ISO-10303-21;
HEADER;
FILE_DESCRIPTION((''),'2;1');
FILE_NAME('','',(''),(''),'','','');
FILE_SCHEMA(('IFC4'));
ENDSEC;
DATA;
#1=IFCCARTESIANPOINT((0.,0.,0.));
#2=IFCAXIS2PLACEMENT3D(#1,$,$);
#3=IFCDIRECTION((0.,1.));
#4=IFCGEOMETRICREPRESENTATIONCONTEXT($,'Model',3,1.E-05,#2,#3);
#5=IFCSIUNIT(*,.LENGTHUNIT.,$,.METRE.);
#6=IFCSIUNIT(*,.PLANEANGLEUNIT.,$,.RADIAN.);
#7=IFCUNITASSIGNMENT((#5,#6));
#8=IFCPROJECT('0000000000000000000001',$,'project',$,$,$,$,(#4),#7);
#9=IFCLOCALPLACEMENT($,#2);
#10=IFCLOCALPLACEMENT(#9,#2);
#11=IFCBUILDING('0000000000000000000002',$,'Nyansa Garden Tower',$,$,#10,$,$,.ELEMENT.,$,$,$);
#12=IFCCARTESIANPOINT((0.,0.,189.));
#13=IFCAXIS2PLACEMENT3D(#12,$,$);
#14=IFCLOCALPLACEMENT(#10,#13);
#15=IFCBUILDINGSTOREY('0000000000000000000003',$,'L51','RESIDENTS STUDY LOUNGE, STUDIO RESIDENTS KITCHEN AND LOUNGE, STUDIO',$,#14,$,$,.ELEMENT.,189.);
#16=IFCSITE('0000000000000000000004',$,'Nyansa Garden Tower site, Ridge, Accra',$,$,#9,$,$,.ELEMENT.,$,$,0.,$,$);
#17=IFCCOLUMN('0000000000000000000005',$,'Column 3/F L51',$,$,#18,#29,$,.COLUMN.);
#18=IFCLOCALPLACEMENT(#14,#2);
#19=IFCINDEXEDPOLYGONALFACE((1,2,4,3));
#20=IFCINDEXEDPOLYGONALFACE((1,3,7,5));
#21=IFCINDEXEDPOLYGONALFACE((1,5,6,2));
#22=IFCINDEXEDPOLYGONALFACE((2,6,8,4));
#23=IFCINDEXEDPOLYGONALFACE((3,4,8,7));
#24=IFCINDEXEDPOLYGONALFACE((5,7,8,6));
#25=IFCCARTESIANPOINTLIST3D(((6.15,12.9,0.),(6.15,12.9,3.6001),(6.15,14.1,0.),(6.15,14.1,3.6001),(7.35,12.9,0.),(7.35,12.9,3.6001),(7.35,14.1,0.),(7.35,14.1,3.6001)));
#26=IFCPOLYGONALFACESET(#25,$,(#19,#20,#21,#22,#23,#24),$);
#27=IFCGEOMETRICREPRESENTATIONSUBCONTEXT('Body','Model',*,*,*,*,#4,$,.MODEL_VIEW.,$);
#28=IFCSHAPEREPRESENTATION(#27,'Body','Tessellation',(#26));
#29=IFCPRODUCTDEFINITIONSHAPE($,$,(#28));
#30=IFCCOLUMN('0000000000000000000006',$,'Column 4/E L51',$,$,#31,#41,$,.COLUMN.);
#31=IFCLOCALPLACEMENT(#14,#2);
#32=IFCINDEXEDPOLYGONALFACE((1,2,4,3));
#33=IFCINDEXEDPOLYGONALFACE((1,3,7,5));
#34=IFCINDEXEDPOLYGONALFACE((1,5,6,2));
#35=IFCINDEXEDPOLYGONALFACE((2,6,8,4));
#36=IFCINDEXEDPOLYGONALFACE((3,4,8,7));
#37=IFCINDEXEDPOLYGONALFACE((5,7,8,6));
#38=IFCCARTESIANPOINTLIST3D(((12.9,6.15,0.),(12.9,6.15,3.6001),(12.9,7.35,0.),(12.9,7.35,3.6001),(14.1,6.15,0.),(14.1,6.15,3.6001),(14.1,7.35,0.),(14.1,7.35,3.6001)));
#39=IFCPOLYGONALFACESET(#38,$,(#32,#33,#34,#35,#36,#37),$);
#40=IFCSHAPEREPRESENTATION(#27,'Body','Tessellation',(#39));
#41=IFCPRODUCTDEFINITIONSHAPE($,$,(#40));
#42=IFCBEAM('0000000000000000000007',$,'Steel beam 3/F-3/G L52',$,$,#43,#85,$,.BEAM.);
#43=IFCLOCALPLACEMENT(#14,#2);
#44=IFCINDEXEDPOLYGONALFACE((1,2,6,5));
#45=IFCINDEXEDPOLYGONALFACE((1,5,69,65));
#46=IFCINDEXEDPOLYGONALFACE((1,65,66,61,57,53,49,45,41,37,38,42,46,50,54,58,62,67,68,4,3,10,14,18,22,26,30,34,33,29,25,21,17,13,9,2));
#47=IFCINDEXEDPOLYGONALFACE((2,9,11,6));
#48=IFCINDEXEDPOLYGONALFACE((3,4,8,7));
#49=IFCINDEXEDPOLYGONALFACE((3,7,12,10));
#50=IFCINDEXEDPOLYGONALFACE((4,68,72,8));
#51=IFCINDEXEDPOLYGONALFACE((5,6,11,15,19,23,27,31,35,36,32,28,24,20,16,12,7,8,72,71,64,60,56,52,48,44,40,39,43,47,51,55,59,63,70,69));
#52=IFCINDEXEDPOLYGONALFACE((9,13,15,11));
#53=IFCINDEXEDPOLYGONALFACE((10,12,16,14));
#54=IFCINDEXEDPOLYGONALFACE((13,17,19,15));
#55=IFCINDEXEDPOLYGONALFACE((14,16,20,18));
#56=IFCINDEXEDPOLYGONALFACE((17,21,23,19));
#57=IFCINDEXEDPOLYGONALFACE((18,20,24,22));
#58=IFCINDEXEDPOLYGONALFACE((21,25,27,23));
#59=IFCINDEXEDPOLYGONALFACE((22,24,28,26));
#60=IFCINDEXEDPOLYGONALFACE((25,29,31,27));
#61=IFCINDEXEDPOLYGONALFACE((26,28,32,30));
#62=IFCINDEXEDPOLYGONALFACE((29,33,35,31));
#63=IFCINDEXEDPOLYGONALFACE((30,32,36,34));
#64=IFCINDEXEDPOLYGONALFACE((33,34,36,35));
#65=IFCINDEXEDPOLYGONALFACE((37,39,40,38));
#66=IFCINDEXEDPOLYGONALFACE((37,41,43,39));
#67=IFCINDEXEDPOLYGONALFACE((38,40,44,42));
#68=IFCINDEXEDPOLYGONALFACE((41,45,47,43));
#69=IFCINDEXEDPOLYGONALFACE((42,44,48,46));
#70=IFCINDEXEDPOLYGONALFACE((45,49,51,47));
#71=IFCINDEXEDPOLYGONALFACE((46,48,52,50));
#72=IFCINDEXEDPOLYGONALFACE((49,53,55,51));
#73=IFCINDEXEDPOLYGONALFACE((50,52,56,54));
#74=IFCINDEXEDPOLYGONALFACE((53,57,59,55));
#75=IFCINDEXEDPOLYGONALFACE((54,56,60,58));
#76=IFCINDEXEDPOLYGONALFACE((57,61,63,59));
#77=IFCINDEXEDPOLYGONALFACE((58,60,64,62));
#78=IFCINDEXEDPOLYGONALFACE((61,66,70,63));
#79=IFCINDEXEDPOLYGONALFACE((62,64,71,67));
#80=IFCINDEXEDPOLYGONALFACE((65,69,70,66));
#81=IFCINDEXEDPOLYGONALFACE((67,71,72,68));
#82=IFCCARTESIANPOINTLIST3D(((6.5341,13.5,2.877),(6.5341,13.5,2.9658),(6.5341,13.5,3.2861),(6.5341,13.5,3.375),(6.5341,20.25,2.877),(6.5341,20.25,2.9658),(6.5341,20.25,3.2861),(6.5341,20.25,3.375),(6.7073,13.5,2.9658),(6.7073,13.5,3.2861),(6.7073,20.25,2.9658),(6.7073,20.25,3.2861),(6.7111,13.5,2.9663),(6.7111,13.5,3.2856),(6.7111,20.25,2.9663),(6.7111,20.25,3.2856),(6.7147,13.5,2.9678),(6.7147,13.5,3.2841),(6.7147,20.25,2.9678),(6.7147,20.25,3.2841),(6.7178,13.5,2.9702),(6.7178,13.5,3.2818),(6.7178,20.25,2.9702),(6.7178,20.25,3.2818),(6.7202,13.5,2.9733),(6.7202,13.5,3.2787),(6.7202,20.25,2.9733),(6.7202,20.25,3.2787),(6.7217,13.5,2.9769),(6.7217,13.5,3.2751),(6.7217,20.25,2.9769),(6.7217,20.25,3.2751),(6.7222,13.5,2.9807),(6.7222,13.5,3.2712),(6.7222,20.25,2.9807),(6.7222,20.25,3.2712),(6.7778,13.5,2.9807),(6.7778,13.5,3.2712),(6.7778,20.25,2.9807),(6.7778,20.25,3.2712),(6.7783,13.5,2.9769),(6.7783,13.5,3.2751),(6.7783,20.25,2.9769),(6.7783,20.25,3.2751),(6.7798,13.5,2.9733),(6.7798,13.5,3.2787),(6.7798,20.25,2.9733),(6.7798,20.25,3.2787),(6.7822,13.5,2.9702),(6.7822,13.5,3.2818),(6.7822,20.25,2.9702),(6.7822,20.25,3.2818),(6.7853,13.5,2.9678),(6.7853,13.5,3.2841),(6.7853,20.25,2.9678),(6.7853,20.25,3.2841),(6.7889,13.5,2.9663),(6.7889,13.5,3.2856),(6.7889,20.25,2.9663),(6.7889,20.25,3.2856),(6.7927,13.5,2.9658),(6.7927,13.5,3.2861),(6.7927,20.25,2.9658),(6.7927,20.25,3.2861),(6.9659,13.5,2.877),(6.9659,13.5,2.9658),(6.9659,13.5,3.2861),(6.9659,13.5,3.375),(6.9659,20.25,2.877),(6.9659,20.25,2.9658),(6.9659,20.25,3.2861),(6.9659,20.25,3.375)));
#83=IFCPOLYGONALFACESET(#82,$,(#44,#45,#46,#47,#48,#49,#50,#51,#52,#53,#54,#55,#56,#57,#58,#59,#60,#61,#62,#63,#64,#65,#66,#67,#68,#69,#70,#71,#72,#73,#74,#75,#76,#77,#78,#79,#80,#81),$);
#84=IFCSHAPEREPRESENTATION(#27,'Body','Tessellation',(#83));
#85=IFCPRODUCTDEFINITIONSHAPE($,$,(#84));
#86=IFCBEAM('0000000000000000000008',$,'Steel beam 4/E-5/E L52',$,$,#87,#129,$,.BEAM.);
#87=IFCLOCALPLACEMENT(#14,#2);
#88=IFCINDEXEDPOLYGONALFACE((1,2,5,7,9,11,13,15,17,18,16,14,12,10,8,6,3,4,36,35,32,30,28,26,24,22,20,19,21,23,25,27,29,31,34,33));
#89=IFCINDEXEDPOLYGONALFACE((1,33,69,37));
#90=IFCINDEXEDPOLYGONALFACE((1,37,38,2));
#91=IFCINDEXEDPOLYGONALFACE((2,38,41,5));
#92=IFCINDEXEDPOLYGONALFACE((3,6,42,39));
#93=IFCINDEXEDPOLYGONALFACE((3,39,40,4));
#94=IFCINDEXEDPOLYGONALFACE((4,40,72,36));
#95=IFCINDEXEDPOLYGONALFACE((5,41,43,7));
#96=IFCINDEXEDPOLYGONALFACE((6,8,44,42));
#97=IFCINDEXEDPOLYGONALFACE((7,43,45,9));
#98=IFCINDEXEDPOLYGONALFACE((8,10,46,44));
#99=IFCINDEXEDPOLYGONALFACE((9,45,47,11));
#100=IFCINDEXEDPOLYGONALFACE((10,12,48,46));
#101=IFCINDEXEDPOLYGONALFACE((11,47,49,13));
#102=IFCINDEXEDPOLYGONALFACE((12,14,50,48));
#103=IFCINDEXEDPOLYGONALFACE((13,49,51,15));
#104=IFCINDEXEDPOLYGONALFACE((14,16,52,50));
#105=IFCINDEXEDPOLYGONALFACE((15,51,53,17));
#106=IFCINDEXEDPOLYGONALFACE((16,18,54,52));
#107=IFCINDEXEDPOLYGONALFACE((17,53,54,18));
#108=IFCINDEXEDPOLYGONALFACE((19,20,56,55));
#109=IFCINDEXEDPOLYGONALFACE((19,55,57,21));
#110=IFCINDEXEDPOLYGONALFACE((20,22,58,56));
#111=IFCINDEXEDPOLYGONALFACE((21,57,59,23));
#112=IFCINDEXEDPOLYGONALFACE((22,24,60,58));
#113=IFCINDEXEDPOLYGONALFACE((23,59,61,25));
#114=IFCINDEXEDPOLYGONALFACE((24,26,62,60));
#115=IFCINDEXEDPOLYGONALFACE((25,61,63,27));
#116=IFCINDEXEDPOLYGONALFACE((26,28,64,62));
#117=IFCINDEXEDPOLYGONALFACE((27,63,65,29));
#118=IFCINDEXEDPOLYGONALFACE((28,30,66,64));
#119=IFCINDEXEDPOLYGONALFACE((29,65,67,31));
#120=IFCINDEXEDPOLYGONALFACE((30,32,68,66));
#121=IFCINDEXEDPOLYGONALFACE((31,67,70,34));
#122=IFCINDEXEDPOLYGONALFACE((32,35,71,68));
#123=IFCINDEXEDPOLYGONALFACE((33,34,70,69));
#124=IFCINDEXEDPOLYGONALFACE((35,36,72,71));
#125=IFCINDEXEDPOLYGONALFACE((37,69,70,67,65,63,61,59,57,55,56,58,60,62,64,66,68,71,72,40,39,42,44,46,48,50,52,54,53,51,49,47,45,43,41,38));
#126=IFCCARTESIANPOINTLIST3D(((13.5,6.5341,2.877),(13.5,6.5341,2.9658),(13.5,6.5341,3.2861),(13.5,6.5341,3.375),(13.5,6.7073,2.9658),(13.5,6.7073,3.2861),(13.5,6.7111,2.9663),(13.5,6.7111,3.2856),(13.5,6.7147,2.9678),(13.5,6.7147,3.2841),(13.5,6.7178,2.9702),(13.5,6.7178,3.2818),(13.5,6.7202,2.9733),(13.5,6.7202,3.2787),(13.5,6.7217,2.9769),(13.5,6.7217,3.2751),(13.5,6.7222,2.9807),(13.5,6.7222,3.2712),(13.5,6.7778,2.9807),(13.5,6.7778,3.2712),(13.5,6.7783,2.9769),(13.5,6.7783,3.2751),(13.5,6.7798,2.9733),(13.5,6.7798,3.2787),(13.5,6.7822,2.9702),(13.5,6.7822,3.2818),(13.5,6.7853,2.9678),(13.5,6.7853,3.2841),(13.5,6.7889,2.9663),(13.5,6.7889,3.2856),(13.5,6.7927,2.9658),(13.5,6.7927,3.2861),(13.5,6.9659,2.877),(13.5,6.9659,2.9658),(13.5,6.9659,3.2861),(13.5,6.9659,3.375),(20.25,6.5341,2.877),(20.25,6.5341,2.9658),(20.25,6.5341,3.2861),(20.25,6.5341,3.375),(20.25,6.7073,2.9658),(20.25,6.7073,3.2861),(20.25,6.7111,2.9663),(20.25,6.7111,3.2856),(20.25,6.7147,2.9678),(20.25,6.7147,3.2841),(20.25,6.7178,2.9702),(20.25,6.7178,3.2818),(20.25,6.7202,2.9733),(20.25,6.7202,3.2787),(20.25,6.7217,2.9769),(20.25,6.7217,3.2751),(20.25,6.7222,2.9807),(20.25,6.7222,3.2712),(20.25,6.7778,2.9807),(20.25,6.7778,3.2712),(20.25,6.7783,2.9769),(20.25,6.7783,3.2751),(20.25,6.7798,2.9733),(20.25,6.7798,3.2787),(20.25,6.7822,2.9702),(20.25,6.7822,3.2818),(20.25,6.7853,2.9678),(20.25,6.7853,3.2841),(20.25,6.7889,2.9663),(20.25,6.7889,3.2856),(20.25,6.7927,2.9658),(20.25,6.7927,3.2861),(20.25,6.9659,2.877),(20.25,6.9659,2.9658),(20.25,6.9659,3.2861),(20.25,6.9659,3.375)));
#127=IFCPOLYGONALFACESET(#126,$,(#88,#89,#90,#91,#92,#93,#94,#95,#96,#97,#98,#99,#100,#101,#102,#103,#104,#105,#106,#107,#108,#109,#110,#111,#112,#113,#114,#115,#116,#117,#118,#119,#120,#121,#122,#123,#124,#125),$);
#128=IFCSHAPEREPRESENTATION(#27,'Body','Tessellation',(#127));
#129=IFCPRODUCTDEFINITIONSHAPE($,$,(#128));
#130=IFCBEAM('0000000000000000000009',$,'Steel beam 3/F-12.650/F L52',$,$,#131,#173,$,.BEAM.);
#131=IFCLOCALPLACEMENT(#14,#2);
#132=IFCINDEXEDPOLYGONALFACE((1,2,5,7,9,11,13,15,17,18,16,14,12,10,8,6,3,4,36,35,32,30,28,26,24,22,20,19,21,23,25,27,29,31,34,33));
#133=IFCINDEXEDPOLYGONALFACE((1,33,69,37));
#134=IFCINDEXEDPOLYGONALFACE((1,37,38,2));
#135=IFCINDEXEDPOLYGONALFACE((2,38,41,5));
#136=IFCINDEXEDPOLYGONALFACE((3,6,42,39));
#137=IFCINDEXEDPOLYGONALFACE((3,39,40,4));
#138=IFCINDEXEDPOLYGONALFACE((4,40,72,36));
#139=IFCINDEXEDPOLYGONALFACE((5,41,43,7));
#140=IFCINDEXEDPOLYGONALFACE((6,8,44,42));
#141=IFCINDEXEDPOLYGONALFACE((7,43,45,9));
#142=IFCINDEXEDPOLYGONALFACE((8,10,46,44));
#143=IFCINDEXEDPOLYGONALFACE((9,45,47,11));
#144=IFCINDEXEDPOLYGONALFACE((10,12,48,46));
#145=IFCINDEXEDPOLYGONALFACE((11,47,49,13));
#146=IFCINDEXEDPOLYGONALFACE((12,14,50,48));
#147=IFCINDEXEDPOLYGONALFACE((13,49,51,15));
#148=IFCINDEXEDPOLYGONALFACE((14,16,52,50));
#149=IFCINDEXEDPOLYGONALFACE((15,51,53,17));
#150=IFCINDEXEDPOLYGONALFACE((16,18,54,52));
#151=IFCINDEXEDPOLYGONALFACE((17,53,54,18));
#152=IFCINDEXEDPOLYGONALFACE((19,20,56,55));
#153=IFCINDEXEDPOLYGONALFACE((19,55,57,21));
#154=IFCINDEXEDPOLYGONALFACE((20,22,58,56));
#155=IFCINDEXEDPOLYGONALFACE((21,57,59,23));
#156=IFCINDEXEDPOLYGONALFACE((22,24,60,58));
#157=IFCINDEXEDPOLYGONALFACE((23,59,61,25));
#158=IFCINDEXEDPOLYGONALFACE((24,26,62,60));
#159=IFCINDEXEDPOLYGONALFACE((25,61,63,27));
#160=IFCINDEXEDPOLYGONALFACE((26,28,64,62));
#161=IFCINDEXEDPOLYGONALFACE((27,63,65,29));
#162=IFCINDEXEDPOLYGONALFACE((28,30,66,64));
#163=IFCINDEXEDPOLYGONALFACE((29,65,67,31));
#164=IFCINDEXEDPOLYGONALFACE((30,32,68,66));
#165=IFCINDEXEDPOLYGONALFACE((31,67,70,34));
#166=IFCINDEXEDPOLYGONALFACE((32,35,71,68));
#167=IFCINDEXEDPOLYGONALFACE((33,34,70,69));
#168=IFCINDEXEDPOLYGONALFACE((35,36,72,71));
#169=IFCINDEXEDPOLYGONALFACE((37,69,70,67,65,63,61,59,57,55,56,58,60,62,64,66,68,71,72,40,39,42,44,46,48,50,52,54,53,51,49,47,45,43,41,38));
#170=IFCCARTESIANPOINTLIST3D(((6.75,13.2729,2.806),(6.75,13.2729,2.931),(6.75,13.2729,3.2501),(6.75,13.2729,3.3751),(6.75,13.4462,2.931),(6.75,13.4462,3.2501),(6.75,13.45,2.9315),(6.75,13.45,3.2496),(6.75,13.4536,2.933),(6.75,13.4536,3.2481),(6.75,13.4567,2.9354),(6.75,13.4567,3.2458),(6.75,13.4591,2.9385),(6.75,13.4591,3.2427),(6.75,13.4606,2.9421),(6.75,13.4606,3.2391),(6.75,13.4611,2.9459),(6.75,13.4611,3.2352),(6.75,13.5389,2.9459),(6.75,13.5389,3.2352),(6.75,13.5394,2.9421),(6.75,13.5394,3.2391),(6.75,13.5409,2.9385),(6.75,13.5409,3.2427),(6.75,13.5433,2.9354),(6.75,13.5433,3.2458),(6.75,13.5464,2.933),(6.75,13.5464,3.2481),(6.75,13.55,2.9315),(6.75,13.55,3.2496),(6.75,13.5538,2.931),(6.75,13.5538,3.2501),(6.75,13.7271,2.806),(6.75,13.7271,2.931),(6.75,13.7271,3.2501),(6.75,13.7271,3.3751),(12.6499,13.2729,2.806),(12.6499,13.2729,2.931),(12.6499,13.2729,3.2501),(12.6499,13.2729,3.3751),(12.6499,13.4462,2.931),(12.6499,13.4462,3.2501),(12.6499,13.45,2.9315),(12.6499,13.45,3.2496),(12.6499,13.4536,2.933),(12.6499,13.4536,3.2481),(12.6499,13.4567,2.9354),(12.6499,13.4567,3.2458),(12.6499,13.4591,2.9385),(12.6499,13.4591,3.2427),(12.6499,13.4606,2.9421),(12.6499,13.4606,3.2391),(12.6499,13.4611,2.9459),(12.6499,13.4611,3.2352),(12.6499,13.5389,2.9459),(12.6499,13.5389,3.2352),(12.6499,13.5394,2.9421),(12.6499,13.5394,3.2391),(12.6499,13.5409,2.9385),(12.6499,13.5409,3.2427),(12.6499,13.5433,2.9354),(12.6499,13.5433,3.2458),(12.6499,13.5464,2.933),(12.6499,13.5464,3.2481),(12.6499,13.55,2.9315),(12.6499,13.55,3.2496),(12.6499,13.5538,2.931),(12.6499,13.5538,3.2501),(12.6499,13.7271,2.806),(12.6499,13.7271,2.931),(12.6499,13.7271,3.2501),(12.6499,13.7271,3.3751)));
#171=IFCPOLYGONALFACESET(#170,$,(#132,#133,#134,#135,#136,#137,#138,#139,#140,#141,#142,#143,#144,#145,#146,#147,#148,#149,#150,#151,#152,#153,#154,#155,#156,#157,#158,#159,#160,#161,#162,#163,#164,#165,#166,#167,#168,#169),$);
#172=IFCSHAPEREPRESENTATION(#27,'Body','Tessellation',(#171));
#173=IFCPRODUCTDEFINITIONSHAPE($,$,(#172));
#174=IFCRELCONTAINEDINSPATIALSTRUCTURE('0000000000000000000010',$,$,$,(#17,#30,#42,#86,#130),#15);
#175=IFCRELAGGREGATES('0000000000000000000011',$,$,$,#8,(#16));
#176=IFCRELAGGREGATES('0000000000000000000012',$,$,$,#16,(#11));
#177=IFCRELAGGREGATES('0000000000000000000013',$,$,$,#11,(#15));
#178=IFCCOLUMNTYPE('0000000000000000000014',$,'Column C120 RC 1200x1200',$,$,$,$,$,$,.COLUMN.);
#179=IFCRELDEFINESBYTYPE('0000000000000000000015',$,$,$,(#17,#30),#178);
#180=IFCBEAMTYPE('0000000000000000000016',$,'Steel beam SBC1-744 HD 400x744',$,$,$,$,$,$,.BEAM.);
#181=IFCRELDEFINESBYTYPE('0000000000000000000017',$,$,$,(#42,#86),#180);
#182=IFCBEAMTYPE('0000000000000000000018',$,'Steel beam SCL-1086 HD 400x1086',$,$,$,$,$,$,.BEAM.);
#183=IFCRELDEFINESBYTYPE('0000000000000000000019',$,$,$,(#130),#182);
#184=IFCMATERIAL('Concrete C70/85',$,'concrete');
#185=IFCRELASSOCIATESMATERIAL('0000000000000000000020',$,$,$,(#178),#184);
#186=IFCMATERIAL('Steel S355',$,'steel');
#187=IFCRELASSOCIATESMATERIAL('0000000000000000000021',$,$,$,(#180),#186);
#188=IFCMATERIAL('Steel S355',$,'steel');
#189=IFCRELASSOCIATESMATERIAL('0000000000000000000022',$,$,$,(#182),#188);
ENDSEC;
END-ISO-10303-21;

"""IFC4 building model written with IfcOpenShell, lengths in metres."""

from ifc_helpers import new_model, si_unit, direction, frame, origin, origin_2d, place, context, subcontext, project, spatial, rectangle, i_section, extrude, material, material_profile, profile_set, type_object, element, save


model = new_model("IFC4")

# Units and contexts
model_context = context("Model", 3, precision=1e-05, world=origin(), true_north=direction((0.0, 1.0)))
body_context = subcontext(model_context, "Body", "Model", "MODEL_VIEW")
ifc_project = project(units=[si_unit("LENGTHUNIT", "METRE"), si_unit("PLANEANGLEUNIT", "RADIAN")], contexts=[model_context])

# Site, building, storey
site_placement = place(None, origin())
site = spatial("IfcSite", under=ifc_project, at=site_placement, Name="Nyansa Garden Tower site, Ridge, Accra", CompositionType="ELEMENT", RefElevation=0.0)
building_placement = place(site_placement, origin())
building = spatial("IfcBuilding", under=site, at=building_placement, Name="Nyansa Garden Tower", CompositionType="ELEMENT")
storey_placement = place(building_placement, frame((0.0, 0.0, 189.0)))
storey = spatial("IfcBuildingStorey", under=building, at=storey_placement, Name="L51", Description="RESIDENTS STUDY LOUNGE, STUDIO RESIDENTS KITCHEN AND LOUNGE, STUDIO", CompositionType="ELEMENT", Elevation=189.0)

# Columns
ifc_material_1 = material(Name="Concrete C70/85", Category="concrete")
ifc_material_profile_1 = material_profile(ifc_material_1, rectangle(XDim=1.2, YDim=1.2, at=origin_2d()), Name="RC 1200x1200")
ifc_profile_set_1 = profile_set([ifc_material_profile_1], Name="Concrete C70/85")
column_type = type_object("IfcColumnType", Name="Column C120 RC 1200x1200", PredefinedType="COLUMN", material=ifc_profile_set_1)
for number, where, z_axis, x_axis, name in (
    (1, (6.75, 13.5, 0.0), (0.0, 0.0, 1.0), (1.0, 0.0, 0.0), "Column 3/F L51"),
    (2, (13.5, 6.75, 0.0), (0.0, 0.0, 1.0), (1.0, 0.0, 0.0), "Column 4/E L51"),
):
    element("IfcColumn", number, at=place(storey_placement, frame(where, z_axis=z_axis, x_axis=x_axis)), inside=storey, type_object=column_type, Name=name, PredefinedType="COLUMN", context=body_context, shape_type="SweptSolid", body=[
        extrude(rectangle(XDim=1.2, YDim=1.2, at=origin_2d()), origin(), (0.0, 0.0, 1.0), 3.6001),
    ])

# Beams
ifc_material_2 = material(Name="Steel S355", Category="steel")
ifc_material_profile_2 = material_profile(ifc_material_2, i_section(OverallWidth=0.4319, OverallDepth=0.498, WebThickness=0.0557, FlangeThickness=0.0889, FilletRadius=0.0149, at=origin_2d()), Name="HD 400x744")
ifc_profile_set_2 = profile_set([ifc_material_profile_2], Name="Steel S355")
beam_type_1 = type_object("IfcBeamType", Name="Steel beam SBC1-744 HD 400x744", PredefinedType="BEAM", material=ifc_profile_set_2)
for number, where, z_axis, x_axis, name in (
    (3, (6.75, 13.5, 3.126), (0.0, 1.0, 0.0), (-1.0, 0.0, 0.0), "Steel beam 3/F-3/G L52"),
    (4, (13.5, 6.75, 3.126), (1.0, 0.0, 0.0), (0.0, 1.0, 0.0), "Steel beam 4/E-5/E L52"),
):
    element("IfcBeam", number, at=place(storey_placement, frame(where, z_axis=z_axis, x_axis=x_axis)), inside=storey, type_object=beam_type_1, Name=name, PredefinedType="BEAM", context=body_context, shape_type="SweptSolid", body=[
        extrude(i_section(OverallWidth=0.4319, OverallDepth=0.498, WebThickness=0.0557, FlangeThickness=0.0889, FilletRadius=0.0149, at=origin_2d()), origin(), (0.0, 0.0, 1.0), 6.75),
    ])
ifc_material_3 = material(Name="Steel S355", Category="steel")
ifc_material_profile_3 = material_profile(ifc_material_3, i_section(OverallWidth=0.4541, OverallDepth=0.5691, WebThickness=0.0779, FlangeThickness=0.125, FilletRadius=0.0149, at=origin_2d()), Name="HD 400x1086")
ifc_profile_set_3 = profile_set([ifc_material_profile_3], Name="Steel S355")
beam_type_2 = type_object("IfcBeamType", Name="Steel beam SCL-1086 HD 400x1086", PredefinedType="BEAM", material=ifc_profile_set_3)
beam_1_placement = place(storey_placement, frame((6.75, 13.5, 3.0906), z_axis=(1.0, 0.0, 0.0), x_axis=(0.0, 1.0, 0.0)))
element("IfcBeam", 5, at=beam_1_placement, inside=storey, type_object=beam_type_2, Name="Steel beam 3/F-12.650/F L52", PredefinedType="BEAM", context=body_context, shape_type="SweptSolid", body=[
    extrude(i_section(OverallWidth=0.4541, OverallDepth=0.5691, WebThickness=0.0779, FlangeThickness=0.125, FilletRadius=0.0149, at=origin_2d()), origin(), (0.0, 0.0, 1.0), 5.8999),
])

save(model, "model.ifc")
